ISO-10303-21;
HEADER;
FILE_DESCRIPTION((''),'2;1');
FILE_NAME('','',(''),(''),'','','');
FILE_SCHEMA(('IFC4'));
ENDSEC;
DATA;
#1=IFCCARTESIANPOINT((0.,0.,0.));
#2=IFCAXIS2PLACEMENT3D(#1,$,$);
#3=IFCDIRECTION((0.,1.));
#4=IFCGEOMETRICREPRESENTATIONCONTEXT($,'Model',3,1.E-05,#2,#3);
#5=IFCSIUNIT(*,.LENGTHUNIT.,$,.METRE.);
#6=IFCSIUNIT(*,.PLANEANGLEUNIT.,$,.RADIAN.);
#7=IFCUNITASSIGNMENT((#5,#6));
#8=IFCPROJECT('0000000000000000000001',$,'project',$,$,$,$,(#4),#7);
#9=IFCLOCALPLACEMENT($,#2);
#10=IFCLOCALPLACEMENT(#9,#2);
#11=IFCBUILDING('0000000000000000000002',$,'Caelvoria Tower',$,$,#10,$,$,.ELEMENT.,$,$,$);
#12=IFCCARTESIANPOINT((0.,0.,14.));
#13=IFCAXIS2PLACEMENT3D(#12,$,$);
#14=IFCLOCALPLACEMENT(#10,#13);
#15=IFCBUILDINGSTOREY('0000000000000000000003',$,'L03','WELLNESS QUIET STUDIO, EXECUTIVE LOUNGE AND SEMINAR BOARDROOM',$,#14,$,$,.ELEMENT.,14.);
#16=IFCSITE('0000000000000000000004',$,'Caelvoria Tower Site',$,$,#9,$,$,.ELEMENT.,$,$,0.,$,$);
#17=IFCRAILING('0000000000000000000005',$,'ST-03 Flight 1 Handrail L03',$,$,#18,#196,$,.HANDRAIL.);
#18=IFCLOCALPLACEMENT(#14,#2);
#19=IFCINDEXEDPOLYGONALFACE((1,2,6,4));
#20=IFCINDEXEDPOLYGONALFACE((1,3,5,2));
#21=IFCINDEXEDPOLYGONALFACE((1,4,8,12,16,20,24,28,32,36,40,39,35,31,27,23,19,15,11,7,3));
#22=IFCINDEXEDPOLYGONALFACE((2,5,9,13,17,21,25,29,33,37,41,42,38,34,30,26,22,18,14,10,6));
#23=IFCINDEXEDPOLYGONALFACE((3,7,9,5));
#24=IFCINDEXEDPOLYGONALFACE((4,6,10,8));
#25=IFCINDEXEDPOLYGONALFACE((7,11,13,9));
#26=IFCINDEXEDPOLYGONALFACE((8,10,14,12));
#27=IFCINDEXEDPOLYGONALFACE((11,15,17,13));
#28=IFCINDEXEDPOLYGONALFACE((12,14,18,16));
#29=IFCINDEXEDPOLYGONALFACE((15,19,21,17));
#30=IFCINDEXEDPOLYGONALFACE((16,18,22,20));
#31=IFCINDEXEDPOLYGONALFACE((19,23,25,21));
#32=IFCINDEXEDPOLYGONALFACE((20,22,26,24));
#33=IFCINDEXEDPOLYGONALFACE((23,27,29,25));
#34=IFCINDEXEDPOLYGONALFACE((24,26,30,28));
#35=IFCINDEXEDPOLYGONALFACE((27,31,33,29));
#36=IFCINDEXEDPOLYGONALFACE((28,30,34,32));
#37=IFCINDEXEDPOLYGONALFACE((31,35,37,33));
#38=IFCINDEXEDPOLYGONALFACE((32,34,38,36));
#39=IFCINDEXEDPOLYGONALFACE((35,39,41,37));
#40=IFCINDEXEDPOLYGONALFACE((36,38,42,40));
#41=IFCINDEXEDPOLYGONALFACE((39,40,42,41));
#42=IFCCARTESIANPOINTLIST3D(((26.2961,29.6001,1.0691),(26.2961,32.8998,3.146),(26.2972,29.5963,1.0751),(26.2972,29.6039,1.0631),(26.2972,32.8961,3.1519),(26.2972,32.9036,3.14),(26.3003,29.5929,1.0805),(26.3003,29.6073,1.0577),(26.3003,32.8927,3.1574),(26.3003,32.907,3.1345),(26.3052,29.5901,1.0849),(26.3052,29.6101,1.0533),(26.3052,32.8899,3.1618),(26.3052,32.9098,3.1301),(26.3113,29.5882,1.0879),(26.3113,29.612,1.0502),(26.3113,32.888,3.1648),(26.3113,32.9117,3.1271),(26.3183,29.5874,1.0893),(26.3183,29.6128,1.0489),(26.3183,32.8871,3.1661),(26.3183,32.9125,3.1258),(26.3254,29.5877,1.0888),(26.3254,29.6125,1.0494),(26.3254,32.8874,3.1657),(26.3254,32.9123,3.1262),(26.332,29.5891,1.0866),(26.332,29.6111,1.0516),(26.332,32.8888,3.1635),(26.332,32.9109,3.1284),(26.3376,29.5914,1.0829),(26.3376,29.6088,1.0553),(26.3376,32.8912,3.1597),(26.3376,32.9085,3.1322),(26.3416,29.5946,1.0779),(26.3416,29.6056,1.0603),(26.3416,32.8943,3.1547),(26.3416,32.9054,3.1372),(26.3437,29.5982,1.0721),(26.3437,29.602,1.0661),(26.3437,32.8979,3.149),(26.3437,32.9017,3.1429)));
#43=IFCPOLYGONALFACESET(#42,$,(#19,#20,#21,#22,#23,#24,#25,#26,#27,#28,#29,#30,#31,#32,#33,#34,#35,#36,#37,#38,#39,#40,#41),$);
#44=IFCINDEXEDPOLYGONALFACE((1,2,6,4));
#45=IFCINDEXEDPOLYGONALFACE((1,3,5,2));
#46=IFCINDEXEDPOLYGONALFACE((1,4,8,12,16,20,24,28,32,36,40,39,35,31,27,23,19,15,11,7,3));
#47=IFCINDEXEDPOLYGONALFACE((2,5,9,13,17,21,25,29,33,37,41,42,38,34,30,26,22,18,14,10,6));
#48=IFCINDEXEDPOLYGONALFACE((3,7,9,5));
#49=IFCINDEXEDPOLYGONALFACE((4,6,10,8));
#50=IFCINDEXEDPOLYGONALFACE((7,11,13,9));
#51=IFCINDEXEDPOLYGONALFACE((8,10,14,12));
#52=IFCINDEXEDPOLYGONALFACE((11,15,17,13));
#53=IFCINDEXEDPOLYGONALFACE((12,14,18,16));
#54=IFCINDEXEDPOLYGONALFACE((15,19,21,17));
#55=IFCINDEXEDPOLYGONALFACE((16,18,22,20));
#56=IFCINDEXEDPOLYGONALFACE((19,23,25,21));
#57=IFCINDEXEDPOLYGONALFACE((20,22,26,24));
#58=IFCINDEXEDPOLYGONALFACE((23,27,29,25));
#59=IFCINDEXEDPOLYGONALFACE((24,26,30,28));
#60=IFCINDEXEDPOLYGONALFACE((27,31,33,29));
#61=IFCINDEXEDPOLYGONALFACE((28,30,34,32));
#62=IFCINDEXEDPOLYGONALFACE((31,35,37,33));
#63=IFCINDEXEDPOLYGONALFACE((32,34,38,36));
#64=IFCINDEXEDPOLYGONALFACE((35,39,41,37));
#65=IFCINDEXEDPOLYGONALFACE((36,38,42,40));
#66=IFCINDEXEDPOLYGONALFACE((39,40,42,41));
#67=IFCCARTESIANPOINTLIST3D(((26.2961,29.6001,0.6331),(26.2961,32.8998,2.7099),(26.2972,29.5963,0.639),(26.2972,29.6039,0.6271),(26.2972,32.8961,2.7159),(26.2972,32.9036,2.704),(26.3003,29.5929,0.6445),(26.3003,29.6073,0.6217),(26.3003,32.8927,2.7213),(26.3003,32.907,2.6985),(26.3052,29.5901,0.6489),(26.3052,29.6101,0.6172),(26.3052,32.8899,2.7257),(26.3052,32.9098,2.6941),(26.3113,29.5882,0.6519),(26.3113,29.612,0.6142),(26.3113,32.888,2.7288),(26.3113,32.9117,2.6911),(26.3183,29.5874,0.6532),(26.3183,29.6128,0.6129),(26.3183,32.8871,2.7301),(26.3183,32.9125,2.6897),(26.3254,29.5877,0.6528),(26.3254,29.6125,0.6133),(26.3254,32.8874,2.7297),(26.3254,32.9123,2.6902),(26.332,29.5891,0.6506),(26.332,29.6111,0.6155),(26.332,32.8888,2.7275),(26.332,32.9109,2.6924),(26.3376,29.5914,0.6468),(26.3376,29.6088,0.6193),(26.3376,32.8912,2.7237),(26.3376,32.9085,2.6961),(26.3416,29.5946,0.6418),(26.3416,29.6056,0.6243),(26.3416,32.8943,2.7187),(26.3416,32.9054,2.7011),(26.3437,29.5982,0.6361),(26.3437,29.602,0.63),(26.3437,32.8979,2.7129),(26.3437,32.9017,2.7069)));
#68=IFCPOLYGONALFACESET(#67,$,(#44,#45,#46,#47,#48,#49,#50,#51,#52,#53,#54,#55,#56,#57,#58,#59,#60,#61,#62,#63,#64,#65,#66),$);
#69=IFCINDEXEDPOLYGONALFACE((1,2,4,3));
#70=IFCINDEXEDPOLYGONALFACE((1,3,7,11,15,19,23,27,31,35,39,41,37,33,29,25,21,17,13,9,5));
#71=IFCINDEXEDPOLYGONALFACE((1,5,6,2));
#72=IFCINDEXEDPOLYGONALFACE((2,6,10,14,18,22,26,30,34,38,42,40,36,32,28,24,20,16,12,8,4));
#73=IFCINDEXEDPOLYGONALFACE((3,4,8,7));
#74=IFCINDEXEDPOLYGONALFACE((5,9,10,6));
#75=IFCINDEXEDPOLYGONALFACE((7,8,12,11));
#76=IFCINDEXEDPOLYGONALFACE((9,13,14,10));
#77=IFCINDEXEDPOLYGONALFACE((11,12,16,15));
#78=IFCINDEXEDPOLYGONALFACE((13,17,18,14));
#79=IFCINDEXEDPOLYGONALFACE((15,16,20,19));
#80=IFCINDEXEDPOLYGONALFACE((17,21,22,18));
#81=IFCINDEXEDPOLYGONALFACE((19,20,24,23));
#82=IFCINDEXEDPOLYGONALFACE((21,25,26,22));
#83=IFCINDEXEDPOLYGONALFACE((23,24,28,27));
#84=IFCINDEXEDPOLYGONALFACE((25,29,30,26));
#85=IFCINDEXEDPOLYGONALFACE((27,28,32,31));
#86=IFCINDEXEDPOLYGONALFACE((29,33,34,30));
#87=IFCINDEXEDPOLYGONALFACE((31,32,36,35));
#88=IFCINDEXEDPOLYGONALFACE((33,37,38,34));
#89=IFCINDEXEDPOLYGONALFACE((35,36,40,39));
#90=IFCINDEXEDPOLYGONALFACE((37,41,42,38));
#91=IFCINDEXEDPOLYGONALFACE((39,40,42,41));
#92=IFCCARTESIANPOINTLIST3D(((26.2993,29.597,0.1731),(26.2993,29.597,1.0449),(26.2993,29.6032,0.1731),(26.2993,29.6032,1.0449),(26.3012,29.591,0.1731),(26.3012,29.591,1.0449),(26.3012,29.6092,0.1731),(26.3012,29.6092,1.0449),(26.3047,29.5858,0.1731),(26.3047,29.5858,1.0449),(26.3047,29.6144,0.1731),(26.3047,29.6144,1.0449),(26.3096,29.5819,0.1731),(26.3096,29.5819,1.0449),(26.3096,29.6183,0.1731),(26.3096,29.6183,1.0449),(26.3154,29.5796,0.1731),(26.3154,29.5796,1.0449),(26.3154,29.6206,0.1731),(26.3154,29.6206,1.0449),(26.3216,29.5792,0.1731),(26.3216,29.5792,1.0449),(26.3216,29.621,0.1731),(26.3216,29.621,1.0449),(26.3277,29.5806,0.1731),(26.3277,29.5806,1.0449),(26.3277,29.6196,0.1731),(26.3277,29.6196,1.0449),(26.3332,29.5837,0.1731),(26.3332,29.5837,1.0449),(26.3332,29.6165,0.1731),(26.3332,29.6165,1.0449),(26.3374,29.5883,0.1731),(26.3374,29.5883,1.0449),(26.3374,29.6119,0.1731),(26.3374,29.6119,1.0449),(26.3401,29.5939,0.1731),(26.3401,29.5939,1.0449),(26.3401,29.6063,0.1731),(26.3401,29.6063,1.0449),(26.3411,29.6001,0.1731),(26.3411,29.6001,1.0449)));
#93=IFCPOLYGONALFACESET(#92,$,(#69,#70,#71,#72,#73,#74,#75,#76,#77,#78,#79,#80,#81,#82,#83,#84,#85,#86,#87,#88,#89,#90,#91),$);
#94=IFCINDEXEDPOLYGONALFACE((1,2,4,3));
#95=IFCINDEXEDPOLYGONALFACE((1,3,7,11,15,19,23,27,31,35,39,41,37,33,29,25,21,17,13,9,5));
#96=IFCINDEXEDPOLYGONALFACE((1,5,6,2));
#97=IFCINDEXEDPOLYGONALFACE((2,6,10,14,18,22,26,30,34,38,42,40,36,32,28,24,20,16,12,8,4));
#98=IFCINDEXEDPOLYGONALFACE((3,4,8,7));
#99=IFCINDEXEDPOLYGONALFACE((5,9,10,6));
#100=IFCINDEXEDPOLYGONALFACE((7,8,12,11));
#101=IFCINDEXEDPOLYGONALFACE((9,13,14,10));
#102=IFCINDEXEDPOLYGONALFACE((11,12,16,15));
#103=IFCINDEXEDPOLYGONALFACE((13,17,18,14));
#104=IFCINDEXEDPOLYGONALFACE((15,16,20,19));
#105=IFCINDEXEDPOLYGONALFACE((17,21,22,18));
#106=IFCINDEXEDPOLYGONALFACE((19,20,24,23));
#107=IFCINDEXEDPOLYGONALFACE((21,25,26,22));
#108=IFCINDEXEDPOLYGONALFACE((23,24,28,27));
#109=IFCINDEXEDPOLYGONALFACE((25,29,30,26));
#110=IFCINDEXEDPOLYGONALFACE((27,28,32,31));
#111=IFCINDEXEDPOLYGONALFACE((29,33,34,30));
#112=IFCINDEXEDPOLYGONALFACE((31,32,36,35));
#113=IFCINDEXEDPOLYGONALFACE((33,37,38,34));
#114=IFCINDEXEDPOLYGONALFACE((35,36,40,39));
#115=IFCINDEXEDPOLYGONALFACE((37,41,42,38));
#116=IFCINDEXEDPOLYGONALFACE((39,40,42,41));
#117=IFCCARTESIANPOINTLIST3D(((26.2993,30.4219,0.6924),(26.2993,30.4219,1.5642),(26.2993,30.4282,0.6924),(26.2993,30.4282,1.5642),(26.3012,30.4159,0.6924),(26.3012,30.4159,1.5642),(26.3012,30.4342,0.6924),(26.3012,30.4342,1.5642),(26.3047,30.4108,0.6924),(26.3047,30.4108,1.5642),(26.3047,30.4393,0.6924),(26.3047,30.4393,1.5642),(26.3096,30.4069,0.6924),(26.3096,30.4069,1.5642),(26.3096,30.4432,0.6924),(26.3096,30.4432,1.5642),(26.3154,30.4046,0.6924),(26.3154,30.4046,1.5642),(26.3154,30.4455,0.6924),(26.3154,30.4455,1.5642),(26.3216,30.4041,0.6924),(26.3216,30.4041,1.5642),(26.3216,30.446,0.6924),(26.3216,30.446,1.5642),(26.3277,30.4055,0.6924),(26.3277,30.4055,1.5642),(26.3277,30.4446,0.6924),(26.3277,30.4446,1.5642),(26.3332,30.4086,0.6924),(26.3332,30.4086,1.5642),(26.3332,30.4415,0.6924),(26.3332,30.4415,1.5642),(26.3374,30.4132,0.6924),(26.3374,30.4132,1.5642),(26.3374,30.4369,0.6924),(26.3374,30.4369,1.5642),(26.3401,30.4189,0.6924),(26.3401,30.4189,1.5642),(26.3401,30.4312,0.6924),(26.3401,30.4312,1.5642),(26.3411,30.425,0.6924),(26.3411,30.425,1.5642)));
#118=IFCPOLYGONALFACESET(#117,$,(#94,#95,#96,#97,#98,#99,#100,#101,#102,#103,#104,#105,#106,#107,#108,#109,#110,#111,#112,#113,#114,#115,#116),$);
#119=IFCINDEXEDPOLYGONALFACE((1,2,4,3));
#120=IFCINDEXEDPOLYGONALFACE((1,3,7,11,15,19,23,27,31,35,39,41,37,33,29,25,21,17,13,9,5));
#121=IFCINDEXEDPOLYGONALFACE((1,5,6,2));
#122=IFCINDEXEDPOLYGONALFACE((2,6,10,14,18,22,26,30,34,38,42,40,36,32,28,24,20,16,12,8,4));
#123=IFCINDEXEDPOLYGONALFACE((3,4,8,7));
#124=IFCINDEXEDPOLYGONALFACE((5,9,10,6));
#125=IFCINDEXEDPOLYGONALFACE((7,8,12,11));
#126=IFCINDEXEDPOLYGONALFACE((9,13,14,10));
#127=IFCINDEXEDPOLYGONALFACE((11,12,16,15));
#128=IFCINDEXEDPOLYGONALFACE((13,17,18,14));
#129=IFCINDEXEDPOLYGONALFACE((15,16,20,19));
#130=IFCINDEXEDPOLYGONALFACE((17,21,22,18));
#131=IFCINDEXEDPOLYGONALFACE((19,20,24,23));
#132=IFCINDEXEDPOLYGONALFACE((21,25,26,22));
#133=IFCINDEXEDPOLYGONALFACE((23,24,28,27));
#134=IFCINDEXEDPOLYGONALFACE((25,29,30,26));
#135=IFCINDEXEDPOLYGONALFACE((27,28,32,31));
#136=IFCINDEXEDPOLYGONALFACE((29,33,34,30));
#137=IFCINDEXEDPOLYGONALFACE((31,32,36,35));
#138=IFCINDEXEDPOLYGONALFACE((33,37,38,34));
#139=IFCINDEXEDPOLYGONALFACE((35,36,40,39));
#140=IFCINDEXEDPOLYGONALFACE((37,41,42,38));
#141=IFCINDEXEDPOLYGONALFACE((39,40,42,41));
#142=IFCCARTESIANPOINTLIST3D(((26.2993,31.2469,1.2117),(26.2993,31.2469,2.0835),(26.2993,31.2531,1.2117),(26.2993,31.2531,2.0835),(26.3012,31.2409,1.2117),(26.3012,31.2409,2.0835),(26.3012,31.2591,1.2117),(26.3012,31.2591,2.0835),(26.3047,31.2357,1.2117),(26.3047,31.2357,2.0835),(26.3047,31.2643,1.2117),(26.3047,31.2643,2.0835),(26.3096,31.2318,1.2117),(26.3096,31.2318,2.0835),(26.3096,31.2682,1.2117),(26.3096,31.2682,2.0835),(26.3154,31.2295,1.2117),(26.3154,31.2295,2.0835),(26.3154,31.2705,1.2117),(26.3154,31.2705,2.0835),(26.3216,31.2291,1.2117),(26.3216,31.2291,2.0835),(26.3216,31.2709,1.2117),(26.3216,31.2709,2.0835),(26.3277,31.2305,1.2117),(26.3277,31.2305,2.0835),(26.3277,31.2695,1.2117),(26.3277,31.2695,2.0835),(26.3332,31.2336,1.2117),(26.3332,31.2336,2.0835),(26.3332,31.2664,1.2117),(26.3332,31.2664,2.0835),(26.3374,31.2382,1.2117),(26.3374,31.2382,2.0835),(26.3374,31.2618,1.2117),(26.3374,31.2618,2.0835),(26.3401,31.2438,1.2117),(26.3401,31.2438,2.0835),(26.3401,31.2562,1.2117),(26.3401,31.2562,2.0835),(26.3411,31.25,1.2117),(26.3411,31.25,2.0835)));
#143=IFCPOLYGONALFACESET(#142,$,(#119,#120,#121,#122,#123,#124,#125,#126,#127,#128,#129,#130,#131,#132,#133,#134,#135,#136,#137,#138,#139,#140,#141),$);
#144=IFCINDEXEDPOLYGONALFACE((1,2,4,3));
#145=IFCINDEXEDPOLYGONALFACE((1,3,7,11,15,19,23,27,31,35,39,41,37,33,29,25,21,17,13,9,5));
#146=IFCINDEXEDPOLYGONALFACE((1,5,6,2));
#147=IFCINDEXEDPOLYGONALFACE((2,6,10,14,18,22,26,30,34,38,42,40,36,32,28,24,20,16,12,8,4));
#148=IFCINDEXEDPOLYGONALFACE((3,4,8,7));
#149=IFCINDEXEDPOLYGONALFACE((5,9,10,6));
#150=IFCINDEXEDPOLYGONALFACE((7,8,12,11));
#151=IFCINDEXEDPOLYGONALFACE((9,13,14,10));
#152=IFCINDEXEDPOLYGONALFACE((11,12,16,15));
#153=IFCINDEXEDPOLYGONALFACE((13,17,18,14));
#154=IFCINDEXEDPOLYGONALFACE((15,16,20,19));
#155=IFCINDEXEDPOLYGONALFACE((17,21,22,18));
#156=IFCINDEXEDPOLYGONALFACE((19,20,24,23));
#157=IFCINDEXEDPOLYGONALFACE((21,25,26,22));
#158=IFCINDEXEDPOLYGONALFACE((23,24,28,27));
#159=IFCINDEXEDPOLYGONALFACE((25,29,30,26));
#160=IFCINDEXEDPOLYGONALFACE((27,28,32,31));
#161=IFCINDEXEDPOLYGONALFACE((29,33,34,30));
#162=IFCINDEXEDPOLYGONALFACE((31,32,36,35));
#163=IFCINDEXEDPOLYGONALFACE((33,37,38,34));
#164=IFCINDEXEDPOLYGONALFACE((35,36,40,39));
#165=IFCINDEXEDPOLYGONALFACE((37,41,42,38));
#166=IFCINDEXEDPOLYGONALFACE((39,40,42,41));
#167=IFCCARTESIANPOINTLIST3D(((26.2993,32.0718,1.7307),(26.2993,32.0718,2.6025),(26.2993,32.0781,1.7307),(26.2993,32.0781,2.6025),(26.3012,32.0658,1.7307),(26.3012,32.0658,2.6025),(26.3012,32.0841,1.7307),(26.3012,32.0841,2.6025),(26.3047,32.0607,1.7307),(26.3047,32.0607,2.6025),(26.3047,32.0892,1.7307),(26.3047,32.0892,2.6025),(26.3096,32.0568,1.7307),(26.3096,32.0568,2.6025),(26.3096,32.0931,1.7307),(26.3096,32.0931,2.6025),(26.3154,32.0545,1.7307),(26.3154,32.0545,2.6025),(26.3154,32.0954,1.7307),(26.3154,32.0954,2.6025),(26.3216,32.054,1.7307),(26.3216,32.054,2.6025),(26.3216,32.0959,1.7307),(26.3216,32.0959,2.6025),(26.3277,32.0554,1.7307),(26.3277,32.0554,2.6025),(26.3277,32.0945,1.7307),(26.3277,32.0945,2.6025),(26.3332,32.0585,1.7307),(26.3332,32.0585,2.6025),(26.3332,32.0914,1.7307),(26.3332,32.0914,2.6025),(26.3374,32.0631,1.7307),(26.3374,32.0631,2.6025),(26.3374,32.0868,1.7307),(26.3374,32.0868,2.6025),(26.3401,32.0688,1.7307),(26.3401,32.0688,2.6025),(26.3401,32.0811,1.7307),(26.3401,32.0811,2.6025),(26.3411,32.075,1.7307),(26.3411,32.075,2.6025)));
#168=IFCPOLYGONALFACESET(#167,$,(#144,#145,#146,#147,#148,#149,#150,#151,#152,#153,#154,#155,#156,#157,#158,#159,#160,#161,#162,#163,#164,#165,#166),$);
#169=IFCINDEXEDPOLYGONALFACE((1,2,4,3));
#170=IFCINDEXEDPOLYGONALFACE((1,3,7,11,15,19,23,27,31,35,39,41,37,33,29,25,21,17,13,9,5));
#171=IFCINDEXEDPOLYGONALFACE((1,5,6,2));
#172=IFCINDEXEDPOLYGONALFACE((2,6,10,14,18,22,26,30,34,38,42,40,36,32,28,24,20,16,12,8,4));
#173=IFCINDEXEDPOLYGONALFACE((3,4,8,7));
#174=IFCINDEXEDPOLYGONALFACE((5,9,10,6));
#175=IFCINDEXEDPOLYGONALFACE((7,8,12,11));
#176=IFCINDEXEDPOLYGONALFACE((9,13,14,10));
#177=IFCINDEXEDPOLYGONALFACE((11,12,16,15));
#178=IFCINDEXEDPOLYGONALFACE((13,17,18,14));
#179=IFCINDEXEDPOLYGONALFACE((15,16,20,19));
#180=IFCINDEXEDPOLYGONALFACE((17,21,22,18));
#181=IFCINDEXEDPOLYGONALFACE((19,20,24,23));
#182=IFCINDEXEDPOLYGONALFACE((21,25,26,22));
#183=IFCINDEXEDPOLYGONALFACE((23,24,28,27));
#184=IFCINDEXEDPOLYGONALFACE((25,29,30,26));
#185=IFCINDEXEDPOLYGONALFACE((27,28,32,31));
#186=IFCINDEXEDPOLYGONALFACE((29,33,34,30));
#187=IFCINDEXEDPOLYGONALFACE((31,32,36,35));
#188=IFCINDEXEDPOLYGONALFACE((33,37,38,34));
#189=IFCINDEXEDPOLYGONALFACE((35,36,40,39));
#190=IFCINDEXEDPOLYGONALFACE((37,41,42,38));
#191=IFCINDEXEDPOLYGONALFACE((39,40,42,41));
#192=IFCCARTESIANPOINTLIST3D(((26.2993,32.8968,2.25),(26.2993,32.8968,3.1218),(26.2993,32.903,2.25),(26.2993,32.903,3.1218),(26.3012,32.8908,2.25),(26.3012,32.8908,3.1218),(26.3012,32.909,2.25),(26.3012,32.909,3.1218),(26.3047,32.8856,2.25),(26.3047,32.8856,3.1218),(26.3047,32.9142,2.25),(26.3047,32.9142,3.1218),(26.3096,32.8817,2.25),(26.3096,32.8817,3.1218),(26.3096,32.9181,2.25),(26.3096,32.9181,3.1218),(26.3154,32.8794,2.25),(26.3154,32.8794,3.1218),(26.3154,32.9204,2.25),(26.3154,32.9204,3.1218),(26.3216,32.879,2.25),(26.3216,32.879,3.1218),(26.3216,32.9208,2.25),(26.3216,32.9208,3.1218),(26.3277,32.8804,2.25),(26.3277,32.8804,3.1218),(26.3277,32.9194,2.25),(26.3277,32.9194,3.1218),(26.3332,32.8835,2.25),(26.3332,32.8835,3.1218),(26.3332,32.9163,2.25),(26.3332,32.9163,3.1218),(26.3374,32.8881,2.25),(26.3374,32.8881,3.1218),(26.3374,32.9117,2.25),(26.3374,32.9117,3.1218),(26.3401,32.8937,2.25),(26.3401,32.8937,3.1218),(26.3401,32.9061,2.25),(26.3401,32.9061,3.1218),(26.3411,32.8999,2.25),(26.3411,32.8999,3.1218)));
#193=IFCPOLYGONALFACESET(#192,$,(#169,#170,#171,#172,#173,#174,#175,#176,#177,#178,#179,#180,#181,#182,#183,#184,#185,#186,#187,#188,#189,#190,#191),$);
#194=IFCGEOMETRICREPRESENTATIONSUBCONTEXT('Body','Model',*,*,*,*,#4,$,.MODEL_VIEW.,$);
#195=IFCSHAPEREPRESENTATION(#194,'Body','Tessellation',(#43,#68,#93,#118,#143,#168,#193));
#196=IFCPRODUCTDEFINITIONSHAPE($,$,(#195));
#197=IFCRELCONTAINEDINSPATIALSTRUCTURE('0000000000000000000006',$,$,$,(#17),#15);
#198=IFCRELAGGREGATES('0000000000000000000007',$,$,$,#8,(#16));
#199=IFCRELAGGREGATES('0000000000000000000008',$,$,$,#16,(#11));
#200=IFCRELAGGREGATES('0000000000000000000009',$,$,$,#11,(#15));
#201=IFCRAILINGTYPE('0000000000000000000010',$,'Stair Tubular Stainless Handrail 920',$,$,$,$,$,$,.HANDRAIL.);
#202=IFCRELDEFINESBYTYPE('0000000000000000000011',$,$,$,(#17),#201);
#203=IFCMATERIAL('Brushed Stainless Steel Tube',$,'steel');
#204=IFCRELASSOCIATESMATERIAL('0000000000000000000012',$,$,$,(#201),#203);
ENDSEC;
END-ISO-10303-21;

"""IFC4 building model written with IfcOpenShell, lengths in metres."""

from ifc_helpers import new_model, si_unit, direction, frame, origin, origin_2d, place, context, subcontext, project, spatial, circle, extrude, material, type_object, element, save


model = new_model("IFC4")

# Units and contexts
model_context = context("Model", 3, precision=1e-05, world=origin(), true_north=direction((0.0, 1.0)))
body_context = subcontext(model_context, "Body", "Model", "MODEL_VIEW")
ifc_project = project(units=[si_unit("LENGTHUNIT", "METRE"), si_unit("PLANEANGLEUNIT", "RADIAN")], contexts=[model_context])

# Site, building, storey
site_placement = place(None, origin())
site = spatial("IfcSite", under=ifc_project, at=site_placement, Name="Caelvoria Tower Site", CompositionType="ELEMENT", RefElevation=0.0)
building_placement = place(site_placement, origin())
building = spatial("IfcBuilding", under=site, at=building_placement, Name="Caelvoria Tower", CompositionType="ELEMENT")
storey_placement = place(building_placement, frame((0.0, 0.0, 14.0)))
storey = spatial("IfcBuildingStorey", under=building, at=storey_placement, Name="L03", Description="WELLNESS QUIET STUDIO, EXECUTIVE LOUNGE AND SEMINAR BOARDROOM", CompositionType="ELEMENT", Elevation=14.0)

# Railing
ifc_material_1 = material(Name="Brushed Stainless Steel Tube", Category="steel")
railing_type_1 = type_object("IfcRailingType", Name="Stair Tubular Stainless Handrail 920", PredefinedType="HANDRAIL", material=ifc_material_1)
railing_1_placement = place(storey_placement, frame((26.3201, 29.6001, 0.1731)))
element("IfcRailing", 1, at=railing_1_placement, inside=storey, type_object=railing_type_1, Name="ST-03 Flight 1 Handrail L03", PredefinedType="HANDRAIL", context=body_context, shape_type="SweptSolid", body=[
    extrude(circle(Radius=0.0239, at=origin_2d()), frame((0.0, 0.0, 0.896), z_axis=(0.0, 0.84632, 0.532675), x_axis=(-1.0, 0.0, 0.0)), (0.0, 0.0, 1.0), 3.8989),
    extrude(circle(Radius=0.0239, at=origin_2d()), frame((0.0, 0.0, 0.46), z_axis=(0.0, 0.84632, 0.532675), x_axis=(-1.0, 0.0, 0.0)), (0.0, 0.0, 1.0), 3.8989),
    extrude(circle(Radius=0.021, at=origin_2d()), origin(), (0.0, 0.0, 1.0), 0.8718),
    extrude(circle(Radius=0.021, at=origin_2d()), frame((0.0, 0.825, 0.5193)), (0.0, 0.0, 1.0), 0.8718),
    extrude(circle(Radius=0.021, at=origin_2d()), frame((0.0, 1.6499, 1.0386)), (0.0, 0.0, 1.0), 0.8718),
    extrude(circle(Radius=0.021, at=origin_2d()), frame((0.0, 2.4749, 1.5576)), (0.0, 0.0, 1.0), 0.8718),
    extrude(circle(Radius=0.021, at=origin_2d()), frame((0.0, 3.2998, 2.0769)), (0.0, 0.0, 1.0), 0.8718),
])

save(model, "model.ifc")
